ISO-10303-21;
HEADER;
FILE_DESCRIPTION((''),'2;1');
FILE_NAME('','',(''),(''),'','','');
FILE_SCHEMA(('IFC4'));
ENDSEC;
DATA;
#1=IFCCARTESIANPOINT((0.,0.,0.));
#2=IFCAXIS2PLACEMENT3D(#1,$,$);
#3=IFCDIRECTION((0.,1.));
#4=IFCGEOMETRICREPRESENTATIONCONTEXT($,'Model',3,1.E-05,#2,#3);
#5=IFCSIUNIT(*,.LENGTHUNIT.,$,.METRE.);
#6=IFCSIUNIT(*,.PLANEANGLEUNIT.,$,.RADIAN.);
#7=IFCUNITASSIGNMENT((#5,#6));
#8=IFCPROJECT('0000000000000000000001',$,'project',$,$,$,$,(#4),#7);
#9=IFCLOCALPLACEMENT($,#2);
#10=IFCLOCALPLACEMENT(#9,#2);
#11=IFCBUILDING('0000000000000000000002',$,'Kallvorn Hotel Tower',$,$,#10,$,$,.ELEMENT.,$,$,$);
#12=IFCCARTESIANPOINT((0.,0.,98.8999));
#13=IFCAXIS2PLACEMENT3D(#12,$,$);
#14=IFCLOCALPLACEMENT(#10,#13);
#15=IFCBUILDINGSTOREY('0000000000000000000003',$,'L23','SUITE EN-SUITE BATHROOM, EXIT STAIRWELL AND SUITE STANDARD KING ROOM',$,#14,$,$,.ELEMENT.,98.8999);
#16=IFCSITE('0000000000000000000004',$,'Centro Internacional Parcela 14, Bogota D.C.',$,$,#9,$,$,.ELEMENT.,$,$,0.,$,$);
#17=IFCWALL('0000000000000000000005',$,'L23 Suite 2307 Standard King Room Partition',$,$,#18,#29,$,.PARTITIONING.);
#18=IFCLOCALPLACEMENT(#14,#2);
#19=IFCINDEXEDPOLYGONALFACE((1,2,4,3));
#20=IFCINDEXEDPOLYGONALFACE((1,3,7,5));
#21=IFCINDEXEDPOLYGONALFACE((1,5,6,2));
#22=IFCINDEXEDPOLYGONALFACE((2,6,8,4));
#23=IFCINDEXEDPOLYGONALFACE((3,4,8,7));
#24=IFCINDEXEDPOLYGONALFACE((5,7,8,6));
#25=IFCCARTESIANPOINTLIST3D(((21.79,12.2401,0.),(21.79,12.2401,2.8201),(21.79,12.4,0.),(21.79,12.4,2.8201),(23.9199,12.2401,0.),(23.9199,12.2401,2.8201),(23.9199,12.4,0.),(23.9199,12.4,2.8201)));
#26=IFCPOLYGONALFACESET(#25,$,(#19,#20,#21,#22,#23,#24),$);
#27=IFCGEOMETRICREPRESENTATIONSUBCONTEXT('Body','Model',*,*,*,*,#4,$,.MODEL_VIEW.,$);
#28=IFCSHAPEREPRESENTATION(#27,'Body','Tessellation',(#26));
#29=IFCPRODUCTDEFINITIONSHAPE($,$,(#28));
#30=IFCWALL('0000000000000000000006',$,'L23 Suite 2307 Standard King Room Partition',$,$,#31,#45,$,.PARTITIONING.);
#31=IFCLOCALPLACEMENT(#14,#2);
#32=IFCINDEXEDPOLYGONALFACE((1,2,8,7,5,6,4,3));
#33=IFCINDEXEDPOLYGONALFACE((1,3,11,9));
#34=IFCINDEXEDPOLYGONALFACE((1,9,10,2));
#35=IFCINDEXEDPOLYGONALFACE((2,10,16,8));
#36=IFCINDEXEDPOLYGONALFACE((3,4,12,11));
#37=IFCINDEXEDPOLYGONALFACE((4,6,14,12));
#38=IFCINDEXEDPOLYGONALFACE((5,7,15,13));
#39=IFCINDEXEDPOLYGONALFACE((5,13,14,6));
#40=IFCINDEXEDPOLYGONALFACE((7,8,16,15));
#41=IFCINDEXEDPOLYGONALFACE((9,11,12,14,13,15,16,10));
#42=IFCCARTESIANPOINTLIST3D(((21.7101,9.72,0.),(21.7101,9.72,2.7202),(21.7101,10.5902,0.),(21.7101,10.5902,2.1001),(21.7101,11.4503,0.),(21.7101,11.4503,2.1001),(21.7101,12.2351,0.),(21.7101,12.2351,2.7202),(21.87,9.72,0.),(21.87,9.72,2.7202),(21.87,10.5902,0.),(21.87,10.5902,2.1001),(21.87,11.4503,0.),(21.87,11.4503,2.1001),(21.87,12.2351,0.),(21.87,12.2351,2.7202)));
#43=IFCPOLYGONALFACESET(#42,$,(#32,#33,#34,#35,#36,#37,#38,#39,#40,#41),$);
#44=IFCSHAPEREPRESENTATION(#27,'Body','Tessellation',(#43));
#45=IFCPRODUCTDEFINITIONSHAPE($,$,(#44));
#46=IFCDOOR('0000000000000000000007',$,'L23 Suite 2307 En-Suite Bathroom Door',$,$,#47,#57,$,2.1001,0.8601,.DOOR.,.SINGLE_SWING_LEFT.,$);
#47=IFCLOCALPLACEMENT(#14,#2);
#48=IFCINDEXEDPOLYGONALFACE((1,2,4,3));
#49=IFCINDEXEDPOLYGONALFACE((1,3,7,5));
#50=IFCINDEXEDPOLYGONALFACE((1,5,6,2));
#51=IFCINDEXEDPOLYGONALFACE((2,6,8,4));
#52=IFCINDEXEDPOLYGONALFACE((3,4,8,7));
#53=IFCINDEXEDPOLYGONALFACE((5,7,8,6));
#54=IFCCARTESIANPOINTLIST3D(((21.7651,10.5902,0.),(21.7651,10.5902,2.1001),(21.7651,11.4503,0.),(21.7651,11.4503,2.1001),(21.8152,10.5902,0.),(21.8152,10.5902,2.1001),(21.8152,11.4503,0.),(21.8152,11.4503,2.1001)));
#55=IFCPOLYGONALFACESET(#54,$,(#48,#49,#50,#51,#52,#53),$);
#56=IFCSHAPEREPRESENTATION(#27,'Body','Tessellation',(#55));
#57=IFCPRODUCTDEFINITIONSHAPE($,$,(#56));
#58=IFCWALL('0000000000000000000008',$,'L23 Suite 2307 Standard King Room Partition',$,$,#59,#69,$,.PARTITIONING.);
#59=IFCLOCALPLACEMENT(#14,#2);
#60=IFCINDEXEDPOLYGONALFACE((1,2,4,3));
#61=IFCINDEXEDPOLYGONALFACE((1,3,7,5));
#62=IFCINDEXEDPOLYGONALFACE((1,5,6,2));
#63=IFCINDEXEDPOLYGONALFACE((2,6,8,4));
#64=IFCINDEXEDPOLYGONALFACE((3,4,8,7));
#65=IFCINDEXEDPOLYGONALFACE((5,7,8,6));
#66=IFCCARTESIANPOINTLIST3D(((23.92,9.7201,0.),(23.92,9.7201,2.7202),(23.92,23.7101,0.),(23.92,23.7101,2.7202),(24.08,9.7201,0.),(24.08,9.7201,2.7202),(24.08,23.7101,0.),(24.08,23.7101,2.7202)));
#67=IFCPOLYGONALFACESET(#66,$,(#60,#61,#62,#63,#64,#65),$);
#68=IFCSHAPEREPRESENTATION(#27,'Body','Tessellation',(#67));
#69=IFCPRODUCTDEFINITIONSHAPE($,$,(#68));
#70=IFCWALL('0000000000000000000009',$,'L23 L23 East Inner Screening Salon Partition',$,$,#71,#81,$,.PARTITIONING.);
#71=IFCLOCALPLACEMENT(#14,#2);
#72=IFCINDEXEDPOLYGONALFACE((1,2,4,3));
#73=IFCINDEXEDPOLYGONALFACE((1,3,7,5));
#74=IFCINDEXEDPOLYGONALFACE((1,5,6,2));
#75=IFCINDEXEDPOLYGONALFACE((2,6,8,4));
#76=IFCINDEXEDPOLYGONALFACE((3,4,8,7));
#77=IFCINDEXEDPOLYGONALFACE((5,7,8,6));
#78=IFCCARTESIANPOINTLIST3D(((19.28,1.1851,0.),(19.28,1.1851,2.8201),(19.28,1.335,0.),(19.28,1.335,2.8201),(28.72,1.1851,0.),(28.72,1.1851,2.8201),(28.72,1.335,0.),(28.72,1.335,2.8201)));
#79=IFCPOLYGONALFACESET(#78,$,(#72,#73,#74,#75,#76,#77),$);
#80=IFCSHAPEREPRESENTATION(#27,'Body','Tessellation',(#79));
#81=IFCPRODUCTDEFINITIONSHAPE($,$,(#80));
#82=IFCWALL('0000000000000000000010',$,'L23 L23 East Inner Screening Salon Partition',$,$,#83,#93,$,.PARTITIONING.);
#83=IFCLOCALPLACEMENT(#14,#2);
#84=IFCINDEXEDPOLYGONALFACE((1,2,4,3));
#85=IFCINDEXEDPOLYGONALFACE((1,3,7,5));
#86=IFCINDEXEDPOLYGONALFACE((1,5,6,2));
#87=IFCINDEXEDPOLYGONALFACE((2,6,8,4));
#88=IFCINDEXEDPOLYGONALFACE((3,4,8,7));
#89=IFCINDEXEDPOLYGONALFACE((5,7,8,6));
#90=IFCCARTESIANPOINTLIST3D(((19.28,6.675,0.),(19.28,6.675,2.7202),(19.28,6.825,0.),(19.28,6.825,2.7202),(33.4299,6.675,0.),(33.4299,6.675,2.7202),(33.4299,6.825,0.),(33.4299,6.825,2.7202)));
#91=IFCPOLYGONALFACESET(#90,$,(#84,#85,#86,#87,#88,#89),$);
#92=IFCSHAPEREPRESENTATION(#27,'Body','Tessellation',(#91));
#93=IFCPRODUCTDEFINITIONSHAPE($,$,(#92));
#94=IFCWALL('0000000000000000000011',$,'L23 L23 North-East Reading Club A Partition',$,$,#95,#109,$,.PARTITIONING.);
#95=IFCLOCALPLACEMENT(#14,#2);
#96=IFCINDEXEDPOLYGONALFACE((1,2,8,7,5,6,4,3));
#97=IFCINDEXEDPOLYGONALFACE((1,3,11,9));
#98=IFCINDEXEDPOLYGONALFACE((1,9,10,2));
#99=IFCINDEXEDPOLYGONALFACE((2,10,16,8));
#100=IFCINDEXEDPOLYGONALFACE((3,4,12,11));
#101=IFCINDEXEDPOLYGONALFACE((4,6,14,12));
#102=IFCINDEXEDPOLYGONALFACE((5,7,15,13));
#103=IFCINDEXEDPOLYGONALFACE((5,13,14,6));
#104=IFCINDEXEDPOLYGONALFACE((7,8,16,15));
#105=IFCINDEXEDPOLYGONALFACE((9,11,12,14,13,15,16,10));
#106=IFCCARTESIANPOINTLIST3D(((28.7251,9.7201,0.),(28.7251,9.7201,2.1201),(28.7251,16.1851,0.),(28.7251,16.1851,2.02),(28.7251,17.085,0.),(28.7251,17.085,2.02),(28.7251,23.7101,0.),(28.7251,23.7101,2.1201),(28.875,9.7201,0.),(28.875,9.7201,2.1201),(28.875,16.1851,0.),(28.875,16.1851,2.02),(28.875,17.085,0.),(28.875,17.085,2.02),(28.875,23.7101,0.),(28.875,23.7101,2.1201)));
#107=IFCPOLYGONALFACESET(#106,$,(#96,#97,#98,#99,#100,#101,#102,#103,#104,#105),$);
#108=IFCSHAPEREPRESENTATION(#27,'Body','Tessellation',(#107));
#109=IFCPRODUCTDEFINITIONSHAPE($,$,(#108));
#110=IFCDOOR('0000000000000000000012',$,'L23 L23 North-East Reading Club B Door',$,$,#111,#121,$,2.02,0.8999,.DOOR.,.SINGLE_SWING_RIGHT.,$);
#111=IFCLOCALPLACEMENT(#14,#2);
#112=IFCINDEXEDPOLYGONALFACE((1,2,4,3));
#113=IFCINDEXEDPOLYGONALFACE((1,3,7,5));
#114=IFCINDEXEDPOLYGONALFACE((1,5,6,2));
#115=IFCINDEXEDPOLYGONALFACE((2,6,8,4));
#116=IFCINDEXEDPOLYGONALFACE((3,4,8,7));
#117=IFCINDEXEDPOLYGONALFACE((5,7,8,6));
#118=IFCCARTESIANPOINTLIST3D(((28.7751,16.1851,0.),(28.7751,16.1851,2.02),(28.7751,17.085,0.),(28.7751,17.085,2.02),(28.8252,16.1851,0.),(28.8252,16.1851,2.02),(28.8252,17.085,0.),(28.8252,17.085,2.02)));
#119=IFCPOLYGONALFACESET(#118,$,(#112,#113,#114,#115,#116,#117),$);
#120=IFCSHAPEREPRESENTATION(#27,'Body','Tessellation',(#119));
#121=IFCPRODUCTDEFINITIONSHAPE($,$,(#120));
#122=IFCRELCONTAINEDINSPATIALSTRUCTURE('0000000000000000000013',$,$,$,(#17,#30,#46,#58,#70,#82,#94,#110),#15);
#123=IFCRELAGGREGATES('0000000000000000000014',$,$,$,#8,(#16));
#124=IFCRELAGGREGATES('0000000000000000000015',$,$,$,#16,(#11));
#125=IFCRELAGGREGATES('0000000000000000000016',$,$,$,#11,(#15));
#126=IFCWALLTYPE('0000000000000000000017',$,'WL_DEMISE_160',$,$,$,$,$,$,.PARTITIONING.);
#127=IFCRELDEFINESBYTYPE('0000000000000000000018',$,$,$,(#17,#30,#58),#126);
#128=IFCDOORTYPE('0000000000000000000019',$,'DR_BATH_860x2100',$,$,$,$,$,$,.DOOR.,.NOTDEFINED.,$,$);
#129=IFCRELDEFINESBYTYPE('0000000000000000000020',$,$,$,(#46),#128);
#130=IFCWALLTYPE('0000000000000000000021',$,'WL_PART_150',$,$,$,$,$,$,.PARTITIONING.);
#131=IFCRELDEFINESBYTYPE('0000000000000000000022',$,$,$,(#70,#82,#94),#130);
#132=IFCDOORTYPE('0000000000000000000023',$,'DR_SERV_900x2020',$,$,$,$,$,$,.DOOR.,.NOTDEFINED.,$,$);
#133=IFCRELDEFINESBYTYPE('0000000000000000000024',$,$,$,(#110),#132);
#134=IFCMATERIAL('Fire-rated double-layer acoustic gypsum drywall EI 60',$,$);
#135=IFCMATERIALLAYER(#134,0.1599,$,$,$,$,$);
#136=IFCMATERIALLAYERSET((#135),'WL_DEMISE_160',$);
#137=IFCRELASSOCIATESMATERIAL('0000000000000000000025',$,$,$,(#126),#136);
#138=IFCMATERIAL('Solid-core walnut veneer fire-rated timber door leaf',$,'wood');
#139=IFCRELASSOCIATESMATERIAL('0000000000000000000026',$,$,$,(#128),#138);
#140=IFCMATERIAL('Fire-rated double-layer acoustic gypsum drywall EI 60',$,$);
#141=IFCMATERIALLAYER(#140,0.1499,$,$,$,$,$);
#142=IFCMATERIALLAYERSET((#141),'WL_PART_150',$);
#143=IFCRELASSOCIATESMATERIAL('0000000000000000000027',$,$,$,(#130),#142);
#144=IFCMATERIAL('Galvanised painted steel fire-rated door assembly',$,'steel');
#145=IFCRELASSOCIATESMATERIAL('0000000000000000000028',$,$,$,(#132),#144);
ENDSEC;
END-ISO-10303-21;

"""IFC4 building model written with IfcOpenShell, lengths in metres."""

from ifc_helpers import new_model, si_unit, direction, frame, frame_2d, origin, place, context, subcontext, project, spatial, rectangle, extrude, material, layer, layer_set, type_object, element, fill, save


model = new_model("IFC4")

# Units and contexts
model_context = context("Model", 3, precision=1e-05, world=origin(), true_north=direction((0.0, 1.0)))
body_context = subcontext(model_context, "Body", "Model", "MODEL_VIEW")
ifc_project = project(units=[si_unit("LENGTHUNIT", "METRE"), si_unit("PLANEANGLEUNIT", "RADIAN")], contexts=[model_context])

# Site, building, storey
site_placement = place(None, origin())
site = spatial("IfcSite", under=ifc_project, at=site_placement, Name="Centro Internacional Parcela 14, Bogota D.C.", CompositionType="ELEMENT", RefElevation=0.0)
building_placement = place(site_placement, origin())
building = spatial("IfcBuilding", under=site, at=building_placement, Name="Kallvorn Hotel Tower", CompositionType="ELEMENT")
storey_placement = place(building_placement, frame((0.0, 0.0, 98.8999)))
storey = spatial("IfcBuildingStorey", under=building, at=storey_placement, Name="L23", Description="SUITE EN-SUITE BATHROOM, EXIT STAIRWELL AND SUITE STANDARD KING ROOM", CompositionType="ELEMENT", Elevation=98.8999)

# Wall
ifc_material_1 = material(Name="Fire-rated double-layer acoustic gypsum drywall EI 60")
ifc_layer_1 = layer(ifc_material_1, 0.1599)
ifc_layer_set_1 = layer_set([ifc_layer_1], Name="WL_DEMISE_160")
wall_type_1 = type_object("IfcWallType", Name="WL_DEMISE_160", PredefinedType="PARTITIONING", material=ifc_layer_set_1)
wall_1_placement = place(storey_placement, frame((21.79, 12.3201, 0.0), z_axis=(0.0, 0.0, 1.0), x_axis=(1.0, 0.0, 0.0)))
element("IfcWall", 1, at=wall_1_placement, inside=storey, type_object=wall_type_1, Name="L23 Suite 2307 Standard King Room Partition", PredefinedType="PARTITIONING", context=body_context, shape_type="SweptSolid", body=[
    extrude(rectangle(XDim=2.1299, YDim=0.1599, at=frame_2d((1.0649, 0.0))), origin(), (0.0, 0.0, 1.0), 2.8201),
])

# Wall, opening, door
wall_2_placement = place(storey_placement, frame((21.79, 9.72, 0.0), z_axis=(0.0, 0.0, 1.0), x_axis=(0.0, 1.0, 0.0)))
wall_2 = element("IfcWall", 2, at=wall_2_placement, inside=storey, type_object=wall_type_1, Name="L23 Suite 2307 Standard King Room Partition", PredefinedType="PARTITIONING", context=body_context, shape_type="SweptSolid", body=[
    extrude(rectangle(XDim=2.5151, YDim=0.1599, at=frame_2d((1.2576, 0.0))), origin(), (0.0, 0.0, 1.0), 2.7202),
])
opening_1_placement = place(wall_2_placement, frame((0.8701, 0.0, 0.0)))
opening_1 = element("IfcOpeningElement", 3, at=opening_1_placement, cuts=wall_2, PredefinedType="OPENING", context=body_context, shape_type="SweptSolid", body=[
    extrude(rectangle(XDim=0.8601, YDim=2.1001, at=frame_2d((0.4302, 1.05))), frame((0.0, 0.095, 0.0), z_axis=(0.0, -1.0, 0.0), x_axis=(1.0, 0.0, 0.0)), (0.0, 0.0, 1.0), 0.1899),
])
ifc_material_2 = material(Name="Solid-core walnut veneer fire-rated timber door leaf", Category="wood")
door_type_1 = type_object("IfcDoorType", Name="DR_BATH_860x2100", OperationType="NOTDEFINED", PredefinedType="DOOR", material=ifc_material_2)
door_1_placement = place(opening_1_placement, origin())
door_1 = element("IfcDoor", 4, at=door_1_placement, inside=storey, type_object=door_type_1, Name="L23 Suite 2307 En-Suite Bathroom Door", OperationType="SINGLE_SWING_LEFT", OverallHeight=2.1001, OverallWidth=0.8601, PredefinedType="DOOR", context=body_context, shape_type="SweptSolid", body=[
    extrude(rectangle(XDim=0.8601, YDim=2.1001, at=frame_2d((0.4302, 1.05))), frame((0.0, 0.0249, 0.0), z_axis=(0.0, -1.0, 0.0), x_axis=(1.0, 0.0, 0.0)), (0.0, 0.0, 1.0), 0.05),
])
fill(opening_1, door_1)

# Walls
wall_3_placement = place(storey_placement, frame((24.0, 9.72, 0.0), z_axis=(0.0, 0.0, 1.0), x_axis=(0.0, 1.0, 0.0)))
element("IfcWall", 5, at=wall_3_placement, inside=storey, type_object=wall_type_1, Name="L23 Suite 2307 Standard King Room Partition", PredefinedType="PARTITIONING", context=body_context, shape_type="SweptSolid", body=[
    extrude(rectangle(XDim=13.99, YDim=0.1599, at=frame_2d((6.9951, 0.0))), origin(), (0.0, 0.0, 1.0), 2.7202),
])
ifc_material_3 = material(Name="Fire-rated double-layer acoustic gypsum drywall EI 60")
ifc_layer_2 = layer(ifc_material_3, 0.1499)
ifc_layer_set_2 = layer_set([ifc_layer_2], Name="WL_PART_150")
wall_type_2 = type_object("IfcWallType", Name="WL_PART_150", PredefinedType="PARTITIONING", material=ifc_layer_set_2)
wall_4_placement = place(storey_placement, frame((19.28, 1.26, 0.0), z_axis=(0.0, 0.0, 1.0), x_axis=(1.0, 0.0, 0.0)))
element("IfcWall", 6, at=wall_4_placement, inside=storey, type_object=wall_type_2, Name="L23 L23 East Inner Screening Salon Partition", PredefinedType="PARTITIONING", context=body_context, shape_type="SweptSolid", body=[
    extrude(rectangle(XDim=9.4399, YDim=0.1499, at=frame_2d((4.72, 0.0))), origin(), (0.0, 0.0, 1.0), 2.8201),
])
wall_5_placement = place(storey_placement, frame((19.28, 6.75, 0.0), z_axis=(0.0, 0.0, 1.0), x_axis=(1.0, 0.0, 0.0)))
element("IfcWall", 7, at=wall_5_placement, inside=storey, type_object=wall_type_2, Name="L23 L23 East Inner Screening Salon Partition", PredefinedType="PARTITIONING", context=body_context, shape_type="SweptSolid", body=[
    extrude(rectangle(XDim=14.1499, YDim=0.1499, at=frame_2d((7.075, 0.0))), origin(), (0.0, 0.0, 1.0), 2.7202),
])

# Wall, opening, door
wall_6_placement = place(storey_placement, frame((28.8, 9.72, 0.0), z_axis=(0.0, 0.0, 1.0), x_axis=(0.0, 1.0, 0.0)))
wall_6 = element("IfcWall", 8, at=wall_6_placement, inside=storey, type_object=wall_type_2, Name="L23 L23 North-East Reading Club A Partition", PredefinedType="PARTITIONING", context=body_context, shape_type="SweptSolid", body=[
    extrude(rectangle(XDim=13.99, YDim=0.1499, at=frame_2d((6.9951, 0.0))), origin(), (0.0, 0.0, 1.0), 2.1201),
])
opening_2_placement = place(wall_6_placement, frame((6.4651, 0.0, 0.0)))
opening_2 = element("IfcOpeningElement", 9, at=opening_2_placement, cuts=wall_6, PredefinedType="OPENING", context=body_context, shape_type="SweptSolid", body=[
    extrude(rectangle(XDim=0.8999, YDim=2.02, at=frame_2d((0.45, 1.01))), frame((0.0, 0.0898, 0.0), z_axis=(0.0, -1.0, 0.0), x_axis=(1.0, 0.0, 0.0)), (0.0, 0.0, 1.0), 0.1799),
])
ifc_material_4 = material(Name="Galvanised painted steel fire-rated door assembly", Category="steel")
door_type_2 = type_object("IfcDoorType", Name="DR_SERV_900x2020", OperationType="NOTDEFINED", PredefinedType="DOOR", material=ifc_material_4)
door_2_placement = place(opening_2_placement, origin())
door_2 = element("IfcDoor", 10, at=door_2_placement, inside=storey, type_object=door_type_2, Name="L23 L23 North-East Reading Club B Door", OperationType="SINGLE_SWING_RIGHT", OverallHeight=2.02, OverallWidth=0.8999, PredefinedType="DOOR", context=body_context, shape_type="SweptSolid", body=[
    extrude(rectangle(XDim=0.8999, YDim=2.02, at=frame_2d((0.45, 1.01))), frame((0.0, 0.0249, 0.0), z_axis=(0.0, -1.0, 0.0), x_axis=(1.0, 0.0, 0.0)), (0.0, 0.0, 1.0), 0.05),
])
fill(opening_2, door_2)

save(model, "model.ifc")
